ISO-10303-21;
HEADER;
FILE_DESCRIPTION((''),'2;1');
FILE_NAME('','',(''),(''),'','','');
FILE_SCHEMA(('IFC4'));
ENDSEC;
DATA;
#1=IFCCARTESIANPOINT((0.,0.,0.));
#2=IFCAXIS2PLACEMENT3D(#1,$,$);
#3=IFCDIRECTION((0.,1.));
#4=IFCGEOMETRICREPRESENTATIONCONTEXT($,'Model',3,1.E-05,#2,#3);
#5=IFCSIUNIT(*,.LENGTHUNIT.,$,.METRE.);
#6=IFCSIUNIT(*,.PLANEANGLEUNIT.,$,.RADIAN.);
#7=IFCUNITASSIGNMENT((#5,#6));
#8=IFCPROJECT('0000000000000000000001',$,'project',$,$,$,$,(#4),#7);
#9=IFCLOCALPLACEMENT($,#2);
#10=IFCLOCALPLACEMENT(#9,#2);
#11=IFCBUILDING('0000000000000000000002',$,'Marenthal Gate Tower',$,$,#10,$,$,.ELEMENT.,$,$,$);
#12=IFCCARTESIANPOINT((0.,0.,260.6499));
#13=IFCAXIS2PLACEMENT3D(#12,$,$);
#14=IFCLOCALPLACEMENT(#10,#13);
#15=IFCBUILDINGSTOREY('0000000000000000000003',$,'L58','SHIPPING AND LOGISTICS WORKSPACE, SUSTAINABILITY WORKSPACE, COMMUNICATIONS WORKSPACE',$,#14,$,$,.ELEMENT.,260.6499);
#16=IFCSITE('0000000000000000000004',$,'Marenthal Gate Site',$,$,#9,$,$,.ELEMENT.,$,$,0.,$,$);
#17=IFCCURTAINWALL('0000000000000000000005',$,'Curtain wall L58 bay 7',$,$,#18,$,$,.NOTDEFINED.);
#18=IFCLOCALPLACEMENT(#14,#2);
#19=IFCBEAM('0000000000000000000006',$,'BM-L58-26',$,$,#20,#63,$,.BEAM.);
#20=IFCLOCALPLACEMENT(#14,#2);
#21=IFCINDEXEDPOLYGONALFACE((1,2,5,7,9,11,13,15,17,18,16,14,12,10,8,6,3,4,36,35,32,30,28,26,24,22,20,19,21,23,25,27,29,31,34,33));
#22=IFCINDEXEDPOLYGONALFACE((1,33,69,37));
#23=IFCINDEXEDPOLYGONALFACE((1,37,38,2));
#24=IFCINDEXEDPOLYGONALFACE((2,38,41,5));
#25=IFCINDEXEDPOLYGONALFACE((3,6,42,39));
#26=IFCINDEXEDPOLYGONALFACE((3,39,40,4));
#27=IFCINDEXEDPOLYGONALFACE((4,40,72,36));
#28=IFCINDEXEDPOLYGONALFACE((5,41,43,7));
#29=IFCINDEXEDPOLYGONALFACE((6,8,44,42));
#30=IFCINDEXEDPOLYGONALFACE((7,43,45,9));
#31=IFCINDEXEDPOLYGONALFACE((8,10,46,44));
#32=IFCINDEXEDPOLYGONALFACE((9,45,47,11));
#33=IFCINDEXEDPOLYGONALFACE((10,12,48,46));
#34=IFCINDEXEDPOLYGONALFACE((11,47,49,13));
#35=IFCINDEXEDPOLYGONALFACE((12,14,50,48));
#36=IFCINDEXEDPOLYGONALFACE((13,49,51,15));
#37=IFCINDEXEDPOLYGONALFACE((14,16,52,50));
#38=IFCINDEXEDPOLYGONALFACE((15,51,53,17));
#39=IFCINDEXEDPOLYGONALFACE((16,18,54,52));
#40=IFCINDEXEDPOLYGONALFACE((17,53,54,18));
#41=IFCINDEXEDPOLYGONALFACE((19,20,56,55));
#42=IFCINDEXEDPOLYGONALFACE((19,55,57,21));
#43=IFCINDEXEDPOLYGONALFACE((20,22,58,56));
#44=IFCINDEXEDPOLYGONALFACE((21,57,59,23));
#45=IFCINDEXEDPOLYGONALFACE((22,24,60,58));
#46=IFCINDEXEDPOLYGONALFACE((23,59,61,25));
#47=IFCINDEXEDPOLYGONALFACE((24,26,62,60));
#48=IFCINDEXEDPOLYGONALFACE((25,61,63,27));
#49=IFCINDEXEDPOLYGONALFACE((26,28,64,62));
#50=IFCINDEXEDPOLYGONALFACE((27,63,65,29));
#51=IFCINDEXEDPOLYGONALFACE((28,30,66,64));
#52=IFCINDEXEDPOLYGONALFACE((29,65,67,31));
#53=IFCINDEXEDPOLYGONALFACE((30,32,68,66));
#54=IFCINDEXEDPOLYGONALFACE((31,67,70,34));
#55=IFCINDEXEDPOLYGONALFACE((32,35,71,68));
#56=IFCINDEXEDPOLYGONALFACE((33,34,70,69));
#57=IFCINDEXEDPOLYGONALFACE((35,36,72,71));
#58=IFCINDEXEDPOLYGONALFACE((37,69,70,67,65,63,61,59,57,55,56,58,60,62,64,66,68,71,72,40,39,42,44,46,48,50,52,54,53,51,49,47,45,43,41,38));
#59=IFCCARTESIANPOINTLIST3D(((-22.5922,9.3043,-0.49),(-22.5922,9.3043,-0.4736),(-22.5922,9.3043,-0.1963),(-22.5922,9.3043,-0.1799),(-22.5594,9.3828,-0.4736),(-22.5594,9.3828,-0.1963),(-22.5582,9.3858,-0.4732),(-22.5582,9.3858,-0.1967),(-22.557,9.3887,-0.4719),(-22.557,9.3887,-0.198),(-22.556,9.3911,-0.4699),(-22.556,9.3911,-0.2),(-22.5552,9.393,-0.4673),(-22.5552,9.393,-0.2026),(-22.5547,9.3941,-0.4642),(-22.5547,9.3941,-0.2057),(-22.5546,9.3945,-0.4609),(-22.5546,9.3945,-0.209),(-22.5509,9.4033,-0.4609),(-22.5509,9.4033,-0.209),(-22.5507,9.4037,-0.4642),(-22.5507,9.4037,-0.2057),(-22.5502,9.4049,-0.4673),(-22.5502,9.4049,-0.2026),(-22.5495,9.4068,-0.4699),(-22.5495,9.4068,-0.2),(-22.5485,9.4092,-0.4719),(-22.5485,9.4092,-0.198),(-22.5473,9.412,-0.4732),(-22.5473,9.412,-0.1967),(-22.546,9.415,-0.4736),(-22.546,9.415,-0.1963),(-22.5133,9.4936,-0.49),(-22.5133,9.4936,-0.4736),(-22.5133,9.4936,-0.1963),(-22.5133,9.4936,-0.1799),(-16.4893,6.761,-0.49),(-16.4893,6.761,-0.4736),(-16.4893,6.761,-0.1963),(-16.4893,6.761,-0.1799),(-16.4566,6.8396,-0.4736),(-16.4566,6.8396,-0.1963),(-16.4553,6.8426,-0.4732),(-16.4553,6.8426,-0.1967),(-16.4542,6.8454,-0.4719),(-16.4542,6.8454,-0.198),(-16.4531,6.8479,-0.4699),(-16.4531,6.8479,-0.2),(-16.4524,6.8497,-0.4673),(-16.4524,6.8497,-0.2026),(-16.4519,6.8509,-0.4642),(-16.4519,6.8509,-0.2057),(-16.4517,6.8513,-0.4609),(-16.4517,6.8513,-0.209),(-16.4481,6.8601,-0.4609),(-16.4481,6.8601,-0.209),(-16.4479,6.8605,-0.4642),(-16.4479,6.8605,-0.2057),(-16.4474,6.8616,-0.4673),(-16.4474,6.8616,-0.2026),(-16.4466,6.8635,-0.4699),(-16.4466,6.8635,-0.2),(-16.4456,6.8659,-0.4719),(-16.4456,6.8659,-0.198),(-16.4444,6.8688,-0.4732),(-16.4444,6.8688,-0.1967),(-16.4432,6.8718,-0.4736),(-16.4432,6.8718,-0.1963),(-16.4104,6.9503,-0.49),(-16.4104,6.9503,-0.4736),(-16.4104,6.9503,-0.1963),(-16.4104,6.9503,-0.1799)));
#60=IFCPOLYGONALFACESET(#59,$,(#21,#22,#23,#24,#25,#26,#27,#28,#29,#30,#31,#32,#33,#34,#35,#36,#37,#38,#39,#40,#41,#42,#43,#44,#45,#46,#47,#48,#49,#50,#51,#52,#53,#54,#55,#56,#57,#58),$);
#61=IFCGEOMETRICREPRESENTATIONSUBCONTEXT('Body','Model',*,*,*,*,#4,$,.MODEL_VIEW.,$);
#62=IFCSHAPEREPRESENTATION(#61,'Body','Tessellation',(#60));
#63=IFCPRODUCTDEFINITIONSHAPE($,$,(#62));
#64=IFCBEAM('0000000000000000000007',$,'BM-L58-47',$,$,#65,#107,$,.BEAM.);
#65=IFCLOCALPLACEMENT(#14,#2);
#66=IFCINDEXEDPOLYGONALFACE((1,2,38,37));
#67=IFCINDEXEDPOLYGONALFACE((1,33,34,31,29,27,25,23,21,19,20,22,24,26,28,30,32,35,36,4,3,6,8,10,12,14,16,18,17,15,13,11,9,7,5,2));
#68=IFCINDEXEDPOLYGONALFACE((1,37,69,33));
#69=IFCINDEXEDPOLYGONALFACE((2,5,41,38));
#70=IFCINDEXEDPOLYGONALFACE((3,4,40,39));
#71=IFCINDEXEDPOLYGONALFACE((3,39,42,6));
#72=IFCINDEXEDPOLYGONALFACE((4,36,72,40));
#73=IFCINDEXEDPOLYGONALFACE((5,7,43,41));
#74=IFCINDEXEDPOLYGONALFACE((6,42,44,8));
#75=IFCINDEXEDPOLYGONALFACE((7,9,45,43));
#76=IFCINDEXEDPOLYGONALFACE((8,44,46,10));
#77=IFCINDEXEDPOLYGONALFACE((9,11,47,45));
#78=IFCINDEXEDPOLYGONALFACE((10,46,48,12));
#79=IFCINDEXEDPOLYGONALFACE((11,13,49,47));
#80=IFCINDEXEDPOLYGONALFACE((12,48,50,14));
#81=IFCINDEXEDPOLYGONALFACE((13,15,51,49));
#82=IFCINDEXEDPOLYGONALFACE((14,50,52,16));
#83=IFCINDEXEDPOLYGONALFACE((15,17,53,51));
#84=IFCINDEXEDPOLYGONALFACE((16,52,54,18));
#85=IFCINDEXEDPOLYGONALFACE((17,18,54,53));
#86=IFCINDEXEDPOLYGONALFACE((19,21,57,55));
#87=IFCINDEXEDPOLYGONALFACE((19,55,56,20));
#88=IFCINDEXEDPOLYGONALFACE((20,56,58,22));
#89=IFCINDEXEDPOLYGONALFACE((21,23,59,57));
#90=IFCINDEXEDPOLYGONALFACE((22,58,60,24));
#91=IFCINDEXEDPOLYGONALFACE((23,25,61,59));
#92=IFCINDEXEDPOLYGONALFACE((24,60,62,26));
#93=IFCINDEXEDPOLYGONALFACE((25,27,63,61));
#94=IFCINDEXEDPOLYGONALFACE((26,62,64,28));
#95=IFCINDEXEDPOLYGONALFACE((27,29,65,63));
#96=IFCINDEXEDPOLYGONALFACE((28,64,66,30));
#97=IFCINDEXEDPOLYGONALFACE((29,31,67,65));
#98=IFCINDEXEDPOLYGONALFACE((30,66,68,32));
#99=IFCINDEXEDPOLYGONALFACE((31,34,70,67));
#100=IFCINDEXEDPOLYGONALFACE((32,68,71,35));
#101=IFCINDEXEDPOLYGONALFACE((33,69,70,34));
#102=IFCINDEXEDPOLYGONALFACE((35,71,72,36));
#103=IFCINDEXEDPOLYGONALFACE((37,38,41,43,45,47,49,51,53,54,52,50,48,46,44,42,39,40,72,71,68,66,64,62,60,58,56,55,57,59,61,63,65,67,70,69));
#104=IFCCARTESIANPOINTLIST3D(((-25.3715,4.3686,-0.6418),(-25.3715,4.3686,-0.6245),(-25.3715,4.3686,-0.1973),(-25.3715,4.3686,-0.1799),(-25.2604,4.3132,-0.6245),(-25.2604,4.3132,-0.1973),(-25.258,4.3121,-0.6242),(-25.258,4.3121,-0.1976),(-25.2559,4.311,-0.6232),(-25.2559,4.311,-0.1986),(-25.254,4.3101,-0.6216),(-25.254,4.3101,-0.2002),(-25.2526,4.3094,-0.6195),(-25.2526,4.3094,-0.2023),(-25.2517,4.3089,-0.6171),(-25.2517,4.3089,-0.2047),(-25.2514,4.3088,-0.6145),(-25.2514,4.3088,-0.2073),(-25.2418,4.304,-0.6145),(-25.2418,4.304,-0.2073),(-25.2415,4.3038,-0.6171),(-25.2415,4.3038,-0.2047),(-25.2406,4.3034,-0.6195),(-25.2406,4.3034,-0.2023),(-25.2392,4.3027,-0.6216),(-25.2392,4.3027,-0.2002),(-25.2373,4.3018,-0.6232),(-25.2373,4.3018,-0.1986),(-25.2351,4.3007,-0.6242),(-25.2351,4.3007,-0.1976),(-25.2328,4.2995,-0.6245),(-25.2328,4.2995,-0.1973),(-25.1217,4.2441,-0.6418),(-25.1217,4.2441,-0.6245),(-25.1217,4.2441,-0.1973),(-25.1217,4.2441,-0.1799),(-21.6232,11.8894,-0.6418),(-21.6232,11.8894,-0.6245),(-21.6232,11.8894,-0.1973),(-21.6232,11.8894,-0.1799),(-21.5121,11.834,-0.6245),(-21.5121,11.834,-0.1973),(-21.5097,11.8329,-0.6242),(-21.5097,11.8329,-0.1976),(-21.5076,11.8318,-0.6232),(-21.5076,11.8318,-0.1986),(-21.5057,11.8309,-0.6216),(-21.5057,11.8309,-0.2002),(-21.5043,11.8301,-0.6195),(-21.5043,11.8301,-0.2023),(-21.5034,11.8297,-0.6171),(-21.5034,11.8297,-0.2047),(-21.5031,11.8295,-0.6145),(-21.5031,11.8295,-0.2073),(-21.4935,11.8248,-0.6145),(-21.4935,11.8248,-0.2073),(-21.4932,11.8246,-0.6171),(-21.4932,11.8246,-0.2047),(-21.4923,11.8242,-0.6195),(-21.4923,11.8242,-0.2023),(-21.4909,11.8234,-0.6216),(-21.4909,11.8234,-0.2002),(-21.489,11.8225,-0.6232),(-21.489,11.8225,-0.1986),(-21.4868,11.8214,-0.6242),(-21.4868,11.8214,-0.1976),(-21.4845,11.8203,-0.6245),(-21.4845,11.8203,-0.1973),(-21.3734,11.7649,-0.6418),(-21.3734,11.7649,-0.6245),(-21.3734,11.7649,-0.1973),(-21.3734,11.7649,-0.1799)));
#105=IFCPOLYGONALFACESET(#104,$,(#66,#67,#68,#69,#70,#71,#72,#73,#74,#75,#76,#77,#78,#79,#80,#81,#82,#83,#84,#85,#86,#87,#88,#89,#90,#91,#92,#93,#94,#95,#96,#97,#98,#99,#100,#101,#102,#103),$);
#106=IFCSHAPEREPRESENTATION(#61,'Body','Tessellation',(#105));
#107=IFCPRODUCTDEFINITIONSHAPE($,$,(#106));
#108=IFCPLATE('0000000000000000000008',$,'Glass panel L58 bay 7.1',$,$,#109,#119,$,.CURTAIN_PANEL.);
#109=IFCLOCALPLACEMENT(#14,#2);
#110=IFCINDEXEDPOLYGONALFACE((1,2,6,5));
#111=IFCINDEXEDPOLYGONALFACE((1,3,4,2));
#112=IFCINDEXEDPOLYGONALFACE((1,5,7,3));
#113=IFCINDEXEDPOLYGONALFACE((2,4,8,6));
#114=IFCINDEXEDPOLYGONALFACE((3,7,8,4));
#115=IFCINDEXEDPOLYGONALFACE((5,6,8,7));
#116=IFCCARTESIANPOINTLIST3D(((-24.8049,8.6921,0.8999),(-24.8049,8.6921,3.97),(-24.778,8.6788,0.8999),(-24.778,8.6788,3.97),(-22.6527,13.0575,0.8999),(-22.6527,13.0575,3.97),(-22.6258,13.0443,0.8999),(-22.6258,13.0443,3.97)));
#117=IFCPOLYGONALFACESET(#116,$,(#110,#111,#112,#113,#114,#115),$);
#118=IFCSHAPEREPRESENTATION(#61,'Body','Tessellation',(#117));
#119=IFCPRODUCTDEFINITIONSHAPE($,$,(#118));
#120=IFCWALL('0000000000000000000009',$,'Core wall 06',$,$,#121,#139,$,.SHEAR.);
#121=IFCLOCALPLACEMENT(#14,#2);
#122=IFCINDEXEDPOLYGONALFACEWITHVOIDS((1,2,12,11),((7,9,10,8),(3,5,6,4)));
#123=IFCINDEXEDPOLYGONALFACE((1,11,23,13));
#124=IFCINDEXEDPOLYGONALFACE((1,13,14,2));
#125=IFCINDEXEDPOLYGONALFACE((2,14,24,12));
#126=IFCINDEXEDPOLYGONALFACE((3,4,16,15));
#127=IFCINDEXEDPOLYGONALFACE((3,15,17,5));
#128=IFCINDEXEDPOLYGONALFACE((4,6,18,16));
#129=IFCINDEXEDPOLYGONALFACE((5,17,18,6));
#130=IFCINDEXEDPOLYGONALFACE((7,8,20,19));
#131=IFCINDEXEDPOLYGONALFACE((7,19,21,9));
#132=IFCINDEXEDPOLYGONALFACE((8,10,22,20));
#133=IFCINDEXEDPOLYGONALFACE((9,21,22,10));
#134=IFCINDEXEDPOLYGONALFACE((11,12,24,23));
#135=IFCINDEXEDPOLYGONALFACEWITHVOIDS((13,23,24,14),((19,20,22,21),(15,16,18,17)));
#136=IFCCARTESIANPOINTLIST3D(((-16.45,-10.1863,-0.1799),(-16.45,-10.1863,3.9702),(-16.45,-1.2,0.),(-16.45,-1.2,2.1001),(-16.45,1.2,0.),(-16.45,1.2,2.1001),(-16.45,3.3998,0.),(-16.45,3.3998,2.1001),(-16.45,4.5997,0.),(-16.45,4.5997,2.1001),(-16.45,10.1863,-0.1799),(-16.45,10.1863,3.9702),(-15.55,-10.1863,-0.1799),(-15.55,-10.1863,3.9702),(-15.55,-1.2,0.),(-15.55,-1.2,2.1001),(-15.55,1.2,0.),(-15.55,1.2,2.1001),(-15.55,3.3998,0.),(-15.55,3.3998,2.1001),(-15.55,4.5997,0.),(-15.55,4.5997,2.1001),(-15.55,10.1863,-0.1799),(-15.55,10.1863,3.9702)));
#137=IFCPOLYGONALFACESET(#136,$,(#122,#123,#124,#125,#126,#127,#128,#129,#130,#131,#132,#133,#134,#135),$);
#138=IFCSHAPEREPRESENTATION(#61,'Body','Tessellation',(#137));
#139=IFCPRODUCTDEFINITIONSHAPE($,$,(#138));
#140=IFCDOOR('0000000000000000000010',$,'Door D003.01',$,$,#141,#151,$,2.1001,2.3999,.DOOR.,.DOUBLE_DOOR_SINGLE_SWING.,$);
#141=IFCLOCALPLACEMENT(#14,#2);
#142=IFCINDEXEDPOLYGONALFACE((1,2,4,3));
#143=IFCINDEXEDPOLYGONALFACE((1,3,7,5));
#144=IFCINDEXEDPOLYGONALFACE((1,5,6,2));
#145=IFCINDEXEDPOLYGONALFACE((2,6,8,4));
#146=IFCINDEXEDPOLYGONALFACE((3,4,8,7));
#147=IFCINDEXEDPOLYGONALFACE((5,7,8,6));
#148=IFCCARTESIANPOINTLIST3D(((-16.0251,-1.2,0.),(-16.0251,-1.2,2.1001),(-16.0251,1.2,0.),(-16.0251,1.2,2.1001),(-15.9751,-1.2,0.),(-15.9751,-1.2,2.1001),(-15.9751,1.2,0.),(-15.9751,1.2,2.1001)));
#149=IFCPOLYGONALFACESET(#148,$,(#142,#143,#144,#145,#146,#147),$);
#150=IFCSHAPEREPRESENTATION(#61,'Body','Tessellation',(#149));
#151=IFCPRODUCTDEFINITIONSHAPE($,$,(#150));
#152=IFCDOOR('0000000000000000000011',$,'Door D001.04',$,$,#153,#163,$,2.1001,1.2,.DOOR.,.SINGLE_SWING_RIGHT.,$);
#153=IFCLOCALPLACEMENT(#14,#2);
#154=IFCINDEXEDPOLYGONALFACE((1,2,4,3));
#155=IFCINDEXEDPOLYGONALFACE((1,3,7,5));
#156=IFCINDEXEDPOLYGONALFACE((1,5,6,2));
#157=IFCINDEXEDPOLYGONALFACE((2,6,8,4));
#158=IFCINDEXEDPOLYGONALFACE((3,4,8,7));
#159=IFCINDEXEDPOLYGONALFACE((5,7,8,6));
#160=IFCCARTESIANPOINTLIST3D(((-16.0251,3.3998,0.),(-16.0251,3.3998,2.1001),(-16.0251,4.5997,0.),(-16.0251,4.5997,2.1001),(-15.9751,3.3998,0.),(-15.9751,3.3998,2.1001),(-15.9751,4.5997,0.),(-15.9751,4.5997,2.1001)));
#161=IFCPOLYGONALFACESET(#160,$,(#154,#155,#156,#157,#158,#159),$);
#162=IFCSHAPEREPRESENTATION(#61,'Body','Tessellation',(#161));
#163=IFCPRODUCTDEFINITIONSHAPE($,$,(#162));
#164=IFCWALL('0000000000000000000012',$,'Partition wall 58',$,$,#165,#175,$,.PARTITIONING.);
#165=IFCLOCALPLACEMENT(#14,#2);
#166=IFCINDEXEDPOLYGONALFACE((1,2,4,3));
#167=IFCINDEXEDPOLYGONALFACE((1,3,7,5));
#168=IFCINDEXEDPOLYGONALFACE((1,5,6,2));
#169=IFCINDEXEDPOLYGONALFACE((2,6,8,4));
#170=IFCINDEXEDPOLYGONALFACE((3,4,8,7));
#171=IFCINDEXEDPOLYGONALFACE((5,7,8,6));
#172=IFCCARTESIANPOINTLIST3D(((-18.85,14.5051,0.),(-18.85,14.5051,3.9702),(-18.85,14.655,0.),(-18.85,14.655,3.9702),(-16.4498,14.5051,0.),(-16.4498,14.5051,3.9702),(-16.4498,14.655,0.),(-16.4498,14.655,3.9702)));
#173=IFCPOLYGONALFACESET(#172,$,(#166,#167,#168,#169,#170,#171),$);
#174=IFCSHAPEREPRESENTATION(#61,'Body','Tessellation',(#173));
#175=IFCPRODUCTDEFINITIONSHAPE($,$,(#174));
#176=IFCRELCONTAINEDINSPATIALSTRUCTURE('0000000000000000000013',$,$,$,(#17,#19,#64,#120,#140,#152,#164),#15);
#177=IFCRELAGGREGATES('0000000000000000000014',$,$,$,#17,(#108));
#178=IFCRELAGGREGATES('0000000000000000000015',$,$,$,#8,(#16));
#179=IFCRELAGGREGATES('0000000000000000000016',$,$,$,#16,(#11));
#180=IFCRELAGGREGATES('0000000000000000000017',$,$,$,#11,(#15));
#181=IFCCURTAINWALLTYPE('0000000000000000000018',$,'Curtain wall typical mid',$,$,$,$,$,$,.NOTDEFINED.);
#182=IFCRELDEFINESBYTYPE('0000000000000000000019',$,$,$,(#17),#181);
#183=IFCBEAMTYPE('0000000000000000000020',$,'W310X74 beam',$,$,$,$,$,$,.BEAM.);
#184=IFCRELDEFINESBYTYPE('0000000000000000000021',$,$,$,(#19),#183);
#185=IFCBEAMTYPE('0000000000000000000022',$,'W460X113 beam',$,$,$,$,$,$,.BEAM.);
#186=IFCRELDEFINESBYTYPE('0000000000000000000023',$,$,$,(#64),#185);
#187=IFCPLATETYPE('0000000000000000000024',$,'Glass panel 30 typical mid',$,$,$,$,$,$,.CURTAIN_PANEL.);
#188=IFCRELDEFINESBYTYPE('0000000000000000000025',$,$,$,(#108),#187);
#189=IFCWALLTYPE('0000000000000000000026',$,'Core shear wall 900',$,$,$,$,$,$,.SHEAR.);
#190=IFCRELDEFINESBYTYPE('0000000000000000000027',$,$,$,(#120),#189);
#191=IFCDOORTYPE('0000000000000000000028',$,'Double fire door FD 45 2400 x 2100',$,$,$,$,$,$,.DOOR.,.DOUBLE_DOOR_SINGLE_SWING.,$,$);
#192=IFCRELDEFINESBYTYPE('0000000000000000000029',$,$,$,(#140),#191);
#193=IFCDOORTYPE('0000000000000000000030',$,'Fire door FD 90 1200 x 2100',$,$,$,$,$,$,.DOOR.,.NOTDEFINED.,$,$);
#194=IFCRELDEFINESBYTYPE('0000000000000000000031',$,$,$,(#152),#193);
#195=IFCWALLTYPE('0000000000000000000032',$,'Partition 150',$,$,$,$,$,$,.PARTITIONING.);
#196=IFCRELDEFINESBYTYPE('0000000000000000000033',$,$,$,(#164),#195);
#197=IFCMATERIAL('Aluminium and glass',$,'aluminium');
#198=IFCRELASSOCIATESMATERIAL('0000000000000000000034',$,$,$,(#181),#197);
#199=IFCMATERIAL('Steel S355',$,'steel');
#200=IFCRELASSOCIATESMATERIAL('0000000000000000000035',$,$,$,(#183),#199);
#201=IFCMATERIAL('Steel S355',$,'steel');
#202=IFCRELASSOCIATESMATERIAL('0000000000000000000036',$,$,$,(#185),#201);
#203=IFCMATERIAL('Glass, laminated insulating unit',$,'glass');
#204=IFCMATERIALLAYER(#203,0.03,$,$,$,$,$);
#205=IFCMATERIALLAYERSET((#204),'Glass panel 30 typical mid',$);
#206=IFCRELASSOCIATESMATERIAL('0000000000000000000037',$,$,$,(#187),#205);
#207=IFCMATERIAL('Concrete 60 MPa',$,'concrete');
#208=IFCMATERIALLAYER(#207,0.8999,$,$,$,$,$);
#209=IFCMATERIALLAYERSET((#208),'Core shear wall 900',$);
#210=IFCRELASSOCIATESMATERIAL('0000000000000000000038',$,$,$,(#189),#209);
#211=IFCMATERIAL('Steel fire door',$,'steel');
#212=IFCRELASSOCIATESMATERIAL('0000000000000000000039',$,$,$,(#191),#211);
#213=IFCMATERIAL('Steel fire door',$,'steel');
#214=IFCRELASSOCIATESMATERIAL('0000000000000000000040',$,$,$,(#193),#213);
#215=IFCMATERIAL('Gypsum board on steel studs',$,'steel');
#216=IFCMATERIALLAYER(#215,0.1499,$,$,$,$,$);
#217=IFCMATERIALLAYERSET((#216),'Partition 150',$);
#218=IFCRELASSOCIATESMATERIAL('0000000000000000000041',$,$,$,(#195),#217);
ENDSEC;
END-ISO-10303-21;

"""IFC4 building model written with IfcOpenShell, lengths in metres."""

from ifc_helpers import new_model, si_unit, direction, frame, frame_2d, origin, origin_2d, place, context, subcontext, project, spatial, rectangle, i_section, extrude, material, layer, layer_set, material_profile, profile_set, type_object, element, fill, aggregate, save


model = new_model("IFC4")

# Units and contexts
model_context = context("Model", 3, precision=1e-05, world=origin(), true_north=direction((0.0, 1.0)))
body_context = subcontext(model_context, "Body", "Model", "MODEL_VIEW")
ifc_project = project(units=[si_unit("LENGTHUNIT", "METRE"), si_unit("PLANEANGLEUNIT", "RADIAN")], contexts=[model_context])

# Site, building, storey
site_placement = place(None, origin())
site = spatial("IfcSite", under=ifc_project, at=site_placement, Name="Marenthal Gate Site", CompositionType="ELEMENT", RefElevation=0.0)
building_placement = place(site_placement, origin())
building = spatial("IfcBuilding", under=site, at=building_placement, Name="Marenthal Gate Tower", CompositionType="ELEMENT")
storey_placement = place(building_placement, frame((0.0, 0.0, 260.6499)))
storey = spatial("IfcBuildingStorey", under=building, at=storey_placement, Name="L58", Description="SHIPPING AND LOGISTICS WORKSPACE, SUSTAINABILITY WORKSPACE, COMMUNICATIONS WORKSPACE", CompositionType="ELEMENT", Elevation=260.6499)

# Curtain wall
ifc_material_1 = material(Name="Aluminium and glass", Category="aluminium")
curtain_wall_type = type_object("IfcCurtainWallType", Name="Curtain wall typical mid", PredefinedType="NOTDEFINED", material=ifc_material_1)
curtain_wall_placement = place(storey_placement, origin())
curtain_wall = element("IfcCurtainWall", 1, at=curtain_wall_placement, inside=storey, type_object=curtain_wall_type, Name="Curtain wall L58 bay 7", PredefinedType="NOTDEFINED")

# Beams
ifc_material_2 = material(Name="Steel S355", Category="steel")
ifc_material_profile_1 = material_profile(ifc_material_2, i_section(OverallWidth=0.2051, OverallDepth=0.3101, WebThickness=0.0095, FlangeThickness=0.0164, FilletRadius=0.0127, at=origin_2d()), Name="W310X74")
ifc_profile_set_1 = profile_set([ifc_material_profile_1], Name="Steel S355")
beam_type_1 = type_object("IfcBeamType", Name="W310X74 beam", PredefinedType="BEAM", material=ifc_profile_set_1)
beam_1_placement = place(storey_placement, frame((-22.5527, 9.3989, -0.335), z_axis=(0.923056, -0.384665, 0.0), x_axis=(0.384665, 0.923056, 0.0)))
element("IfcBeam", 2, at=beam_1_placement, inside=storey, type_object=beam_type_1, Name="BM-L58-26", PredefinedType="BEAM", context=body_context, shape_type="SweptSolid", body=[
    extrude(i_section(OverallWidth=0.2051, OverallDepth=0.3101, WebThickness=0.0095, FlangeThickness=0.0164, FilletRadius=0.0127, at=origin_2d()), origin(), (0.0, 0.0, 1.0), 6.6116),
])
ifc_material_3 = material(Name="Steel S355", Category="steel")
ifc_material_profile_2 = material_profile(ifc_material_3, i_section(OverallWidth=0.2791, OverallDepth=0.4619, WebThickness=0.0107, FlangeThickness=0.0173, FilletRadius=0.01, at=origin_2d()), Name="W460X113")
ifc_profile_set_2 = profile_set([ifc_material_profile_2], Name="Steel S355")
beam_type_2 = type_object("IfcBeamType", Name="W460X113 beam", PredefinedType="BEAM", material=ifc_profile_set_2)
beam_2_placement = place(storey_placement, frame((-21.4983, 11.8271, -0.4109), z_axis=(-0.446063, -0.895002, 0.0), x_axis=(0.895002, -0.446063, 0.0)))
element("IfcBeam", 3, at=beam_2_placement, inside=storey, type_object=beam_type_2, Name="BM-L58-47", PredefinedType="BEAM", context=body_context, shape_type="SweptSolid", body=[
    extrude(i_section(OverallWidth=0.2791, OverallDepth=0.4619, WebThickness=0.0107, FlangeThickness=0.0173, FilletRadius=0.01, at=origin_2d()), origin(), (0.0, 0.0, 1.0), 8.4031),
])

# Plate
ifc_material_4 = material(Name="Glass, laminated insulating unit", Category="glass")
ifc_layer_1 = layer(ifc_material_4, 0.03)
ifc_layer_set_1 = layer_set([ifc_layer_1], Name="Glass panel 30 typical mid")
plate_type = type_object("IfcPlateType", Name="Glass panel 30 typical mid", PredefinedType="CURTAIN_PANEL", material=ifc_layer_set_1)
plate_placement = place(storey_placement, frame((-23.7153, 10.8682, 0.8999), z_axis=(0.0, 0.0, 1.0), x_axis=(-0.442192, -0.896921, 0.0)))
plate = element("IfcPlate", 4, at=plate_placement, type_object=plate_type, Name="Glass panel L58 bay 7.1", PredefinedType="CURTAIN_PANEL", context=body_context, shape_type="SweptSolid", body=[
    extrude(rectangle(XDim=4.8672, YDim=0.03, at=origin_2d()), origin(), (0.0, 0.0, 1.0), 3.0701),
])
aggregate(curtain_wall, [plate])

# Wall, openings, doors
ifc_material_5 = material(Name="Concrete 60 MPa", Category="concrete")
ifc_layer_2 = layer(ifc_material_5, 0.8999)
ifc_layer_set_2 = layer_set([ifc_layer_2], Name="Core shear wall 900")
wall_type_1 = type_object("IfcWallType", Name="Core shear wall 900", PredefinedType="SHEAR", material=ifc_layer_set_2)
wall_1_placement = place(storey_placement, frame((-16.0, 10.1863, -0.1799), z_axis=(0.0, 0.0, 1.0), x_axis=(0.0, -1.0, 0.0)))
wall_1 = element("IfcWall", 5, at=wall_1_placement, inside=storey, type_object=wall_type_1, Name="Core wall 06", PredefinedType="SHEAR", context=body_context, shape_type="SweptSolid", body=[
    extrude(rectangle(XDim=20.3726, YDim=0.8999, at=frame_2d((10.1863, 0.0))), origin(), (0.0, 0.0, 1.0), 4.1501),
])
opening_1_placement = place(wall_1_placement, frame((8.9863, 0.0, 0.1799)))
opening_1 = element("IfcOpeningElement", 6, at=opening_1_placement, cuts=wall_1, PredefinedType="OPENING", context=body_context, shape_type="SweptSolid", body=[
    extrude(rectangle(XDim=2.3999, YDim=2.1001, at=frame_2d((1.2, 1.05))), frame((0.0, 0.46, 0.0), z_axis=(0.0, -1.0, 0.0), x_axis=(1.0, 0.0, 0.0)), (0.0, 0.0, 1.0), 0.9199),
])
opening_2_placement = place(wall_1_placement, frame((5.5864, 0.0, 0.1799)))
opening_2 = element("IfcOpeningElement", 7, at=opening_2_placement, cuts=wall_1, PredefinedType="OPENING", context=body_context, shape_type="SweptSolid", body=[
    extrude(rectangle(XDim=1.2, YDim=2.1001, at=frame_2d((0.6001, 1.05))), frame((0.0, 0.46, 0.0), z_axis=(0.0, -1.0, 0.0), x_axis=(1.0, 0.0, 0.0)), (0.0, 0.0, 1.0), 0.9199),
])
ifc_material_6 = material(Name="Steel fire door", Category="steel")
door_type_1 = type_object("IfcDoorType", Name="Double fire door FD 45 2400 x 2100", OperationType="DOUBLE_DOOR_SINGLE_SWING", PredefinedType="DOOR", material=ifc_material_6)
door_1_placement = place(opening_1_placement, origin())
door_1 = element("IfcDoor", 8, at=door_1_placement, inside=storey, type_object=door_type_1, Name="Door D003.01", OperationType="DOUBLE_DOOR_SINGLE_SWING", OverallHeight=2.1001, OverallWidth=2.3999, PredefinedType="DOOR", context=body_context, shape_type="SweptSolid", body=[
    extrude(rectangle(XDim=2.3999, YDim=2.1001, at=frame_2d((1.2, 1.05))), frame((0.0, 0.0249, 0.0), z_axis=(0.0, -1.0, 0.0), x_axis=(1.0, 0.0, 0.0)), (0.0, 0.0, 1.0), 0.05),
])
fill(opening_1, door_1)
ifc_material_7 = material(Name="Steel fire door", Category="steel")
door_type_2 = type_object("IfcDoorType", Name="Fire door FD 90 1200 x 2100", OperationType="NOTDEFINED", PredefinedType="DOOR", material=ifc_material_7)
door_2_placement = place(opening_2_placement, origin())
door_2 = element("IfcDoor", 9, at=door_2_placement, inside=storey, type_object=door_type_2, Name="Door D001.04", OperationType="SINGLE_SWING_RIGHT", OverallHeight=2.1001, OverallWidth=1.2, PredefinedType="DOOR", context=body_context, shape_type="SweptSolid", body=[
    extrude(rectangle(XDim=1.2, YDim=2.1001, at=frame_2d((0.6001, 1.05))), frame((0.0, 0.0249, 0.0), z_axis=(0.0, -1.0, 0.0), x_axis=(1.0, 0.0, 0.0)), (0.0, 0.0, 1.0), 0.05),
])
fill(opening_2, door_2)

# Wall
ifc_material_8 = material(Name="Gypsum board on steel studs", Category="steel")
ifc_layer_3 = layer(ifc_material_8, 0.1499)
ifc_layer_set_3 = layer_set([ifc_layer_3], Name="Partition 150")
wall_type_2 = type_object("IfcWallType", Name="Partition 150", PredefinedType="PARTITIONING", material=ifc_layer_set_3)
wall_2_placement = place(storey_placement, frame((-18.8501, 14.5801, 0.0), z_axis=(0.0, 0.0, 1.0), x_axis=(1.0, 0.0, 0.0)))
element("IfcWall", 10, at=wall_2_placement, inside=storey, type_object=wall_type_2, Name="Partition wall 58", PredefinedType="PARTITIONING", context=body_context, shape_type="SweptSolid", body=[
    extrude(rectangle(XDim=2.4001, YDim=0.1499, at=frame_2d((1.2002, 0.0))), origin(), (0.0, 0.0, 1.0), 3.9702),
])

save(model, "model.ifc")
